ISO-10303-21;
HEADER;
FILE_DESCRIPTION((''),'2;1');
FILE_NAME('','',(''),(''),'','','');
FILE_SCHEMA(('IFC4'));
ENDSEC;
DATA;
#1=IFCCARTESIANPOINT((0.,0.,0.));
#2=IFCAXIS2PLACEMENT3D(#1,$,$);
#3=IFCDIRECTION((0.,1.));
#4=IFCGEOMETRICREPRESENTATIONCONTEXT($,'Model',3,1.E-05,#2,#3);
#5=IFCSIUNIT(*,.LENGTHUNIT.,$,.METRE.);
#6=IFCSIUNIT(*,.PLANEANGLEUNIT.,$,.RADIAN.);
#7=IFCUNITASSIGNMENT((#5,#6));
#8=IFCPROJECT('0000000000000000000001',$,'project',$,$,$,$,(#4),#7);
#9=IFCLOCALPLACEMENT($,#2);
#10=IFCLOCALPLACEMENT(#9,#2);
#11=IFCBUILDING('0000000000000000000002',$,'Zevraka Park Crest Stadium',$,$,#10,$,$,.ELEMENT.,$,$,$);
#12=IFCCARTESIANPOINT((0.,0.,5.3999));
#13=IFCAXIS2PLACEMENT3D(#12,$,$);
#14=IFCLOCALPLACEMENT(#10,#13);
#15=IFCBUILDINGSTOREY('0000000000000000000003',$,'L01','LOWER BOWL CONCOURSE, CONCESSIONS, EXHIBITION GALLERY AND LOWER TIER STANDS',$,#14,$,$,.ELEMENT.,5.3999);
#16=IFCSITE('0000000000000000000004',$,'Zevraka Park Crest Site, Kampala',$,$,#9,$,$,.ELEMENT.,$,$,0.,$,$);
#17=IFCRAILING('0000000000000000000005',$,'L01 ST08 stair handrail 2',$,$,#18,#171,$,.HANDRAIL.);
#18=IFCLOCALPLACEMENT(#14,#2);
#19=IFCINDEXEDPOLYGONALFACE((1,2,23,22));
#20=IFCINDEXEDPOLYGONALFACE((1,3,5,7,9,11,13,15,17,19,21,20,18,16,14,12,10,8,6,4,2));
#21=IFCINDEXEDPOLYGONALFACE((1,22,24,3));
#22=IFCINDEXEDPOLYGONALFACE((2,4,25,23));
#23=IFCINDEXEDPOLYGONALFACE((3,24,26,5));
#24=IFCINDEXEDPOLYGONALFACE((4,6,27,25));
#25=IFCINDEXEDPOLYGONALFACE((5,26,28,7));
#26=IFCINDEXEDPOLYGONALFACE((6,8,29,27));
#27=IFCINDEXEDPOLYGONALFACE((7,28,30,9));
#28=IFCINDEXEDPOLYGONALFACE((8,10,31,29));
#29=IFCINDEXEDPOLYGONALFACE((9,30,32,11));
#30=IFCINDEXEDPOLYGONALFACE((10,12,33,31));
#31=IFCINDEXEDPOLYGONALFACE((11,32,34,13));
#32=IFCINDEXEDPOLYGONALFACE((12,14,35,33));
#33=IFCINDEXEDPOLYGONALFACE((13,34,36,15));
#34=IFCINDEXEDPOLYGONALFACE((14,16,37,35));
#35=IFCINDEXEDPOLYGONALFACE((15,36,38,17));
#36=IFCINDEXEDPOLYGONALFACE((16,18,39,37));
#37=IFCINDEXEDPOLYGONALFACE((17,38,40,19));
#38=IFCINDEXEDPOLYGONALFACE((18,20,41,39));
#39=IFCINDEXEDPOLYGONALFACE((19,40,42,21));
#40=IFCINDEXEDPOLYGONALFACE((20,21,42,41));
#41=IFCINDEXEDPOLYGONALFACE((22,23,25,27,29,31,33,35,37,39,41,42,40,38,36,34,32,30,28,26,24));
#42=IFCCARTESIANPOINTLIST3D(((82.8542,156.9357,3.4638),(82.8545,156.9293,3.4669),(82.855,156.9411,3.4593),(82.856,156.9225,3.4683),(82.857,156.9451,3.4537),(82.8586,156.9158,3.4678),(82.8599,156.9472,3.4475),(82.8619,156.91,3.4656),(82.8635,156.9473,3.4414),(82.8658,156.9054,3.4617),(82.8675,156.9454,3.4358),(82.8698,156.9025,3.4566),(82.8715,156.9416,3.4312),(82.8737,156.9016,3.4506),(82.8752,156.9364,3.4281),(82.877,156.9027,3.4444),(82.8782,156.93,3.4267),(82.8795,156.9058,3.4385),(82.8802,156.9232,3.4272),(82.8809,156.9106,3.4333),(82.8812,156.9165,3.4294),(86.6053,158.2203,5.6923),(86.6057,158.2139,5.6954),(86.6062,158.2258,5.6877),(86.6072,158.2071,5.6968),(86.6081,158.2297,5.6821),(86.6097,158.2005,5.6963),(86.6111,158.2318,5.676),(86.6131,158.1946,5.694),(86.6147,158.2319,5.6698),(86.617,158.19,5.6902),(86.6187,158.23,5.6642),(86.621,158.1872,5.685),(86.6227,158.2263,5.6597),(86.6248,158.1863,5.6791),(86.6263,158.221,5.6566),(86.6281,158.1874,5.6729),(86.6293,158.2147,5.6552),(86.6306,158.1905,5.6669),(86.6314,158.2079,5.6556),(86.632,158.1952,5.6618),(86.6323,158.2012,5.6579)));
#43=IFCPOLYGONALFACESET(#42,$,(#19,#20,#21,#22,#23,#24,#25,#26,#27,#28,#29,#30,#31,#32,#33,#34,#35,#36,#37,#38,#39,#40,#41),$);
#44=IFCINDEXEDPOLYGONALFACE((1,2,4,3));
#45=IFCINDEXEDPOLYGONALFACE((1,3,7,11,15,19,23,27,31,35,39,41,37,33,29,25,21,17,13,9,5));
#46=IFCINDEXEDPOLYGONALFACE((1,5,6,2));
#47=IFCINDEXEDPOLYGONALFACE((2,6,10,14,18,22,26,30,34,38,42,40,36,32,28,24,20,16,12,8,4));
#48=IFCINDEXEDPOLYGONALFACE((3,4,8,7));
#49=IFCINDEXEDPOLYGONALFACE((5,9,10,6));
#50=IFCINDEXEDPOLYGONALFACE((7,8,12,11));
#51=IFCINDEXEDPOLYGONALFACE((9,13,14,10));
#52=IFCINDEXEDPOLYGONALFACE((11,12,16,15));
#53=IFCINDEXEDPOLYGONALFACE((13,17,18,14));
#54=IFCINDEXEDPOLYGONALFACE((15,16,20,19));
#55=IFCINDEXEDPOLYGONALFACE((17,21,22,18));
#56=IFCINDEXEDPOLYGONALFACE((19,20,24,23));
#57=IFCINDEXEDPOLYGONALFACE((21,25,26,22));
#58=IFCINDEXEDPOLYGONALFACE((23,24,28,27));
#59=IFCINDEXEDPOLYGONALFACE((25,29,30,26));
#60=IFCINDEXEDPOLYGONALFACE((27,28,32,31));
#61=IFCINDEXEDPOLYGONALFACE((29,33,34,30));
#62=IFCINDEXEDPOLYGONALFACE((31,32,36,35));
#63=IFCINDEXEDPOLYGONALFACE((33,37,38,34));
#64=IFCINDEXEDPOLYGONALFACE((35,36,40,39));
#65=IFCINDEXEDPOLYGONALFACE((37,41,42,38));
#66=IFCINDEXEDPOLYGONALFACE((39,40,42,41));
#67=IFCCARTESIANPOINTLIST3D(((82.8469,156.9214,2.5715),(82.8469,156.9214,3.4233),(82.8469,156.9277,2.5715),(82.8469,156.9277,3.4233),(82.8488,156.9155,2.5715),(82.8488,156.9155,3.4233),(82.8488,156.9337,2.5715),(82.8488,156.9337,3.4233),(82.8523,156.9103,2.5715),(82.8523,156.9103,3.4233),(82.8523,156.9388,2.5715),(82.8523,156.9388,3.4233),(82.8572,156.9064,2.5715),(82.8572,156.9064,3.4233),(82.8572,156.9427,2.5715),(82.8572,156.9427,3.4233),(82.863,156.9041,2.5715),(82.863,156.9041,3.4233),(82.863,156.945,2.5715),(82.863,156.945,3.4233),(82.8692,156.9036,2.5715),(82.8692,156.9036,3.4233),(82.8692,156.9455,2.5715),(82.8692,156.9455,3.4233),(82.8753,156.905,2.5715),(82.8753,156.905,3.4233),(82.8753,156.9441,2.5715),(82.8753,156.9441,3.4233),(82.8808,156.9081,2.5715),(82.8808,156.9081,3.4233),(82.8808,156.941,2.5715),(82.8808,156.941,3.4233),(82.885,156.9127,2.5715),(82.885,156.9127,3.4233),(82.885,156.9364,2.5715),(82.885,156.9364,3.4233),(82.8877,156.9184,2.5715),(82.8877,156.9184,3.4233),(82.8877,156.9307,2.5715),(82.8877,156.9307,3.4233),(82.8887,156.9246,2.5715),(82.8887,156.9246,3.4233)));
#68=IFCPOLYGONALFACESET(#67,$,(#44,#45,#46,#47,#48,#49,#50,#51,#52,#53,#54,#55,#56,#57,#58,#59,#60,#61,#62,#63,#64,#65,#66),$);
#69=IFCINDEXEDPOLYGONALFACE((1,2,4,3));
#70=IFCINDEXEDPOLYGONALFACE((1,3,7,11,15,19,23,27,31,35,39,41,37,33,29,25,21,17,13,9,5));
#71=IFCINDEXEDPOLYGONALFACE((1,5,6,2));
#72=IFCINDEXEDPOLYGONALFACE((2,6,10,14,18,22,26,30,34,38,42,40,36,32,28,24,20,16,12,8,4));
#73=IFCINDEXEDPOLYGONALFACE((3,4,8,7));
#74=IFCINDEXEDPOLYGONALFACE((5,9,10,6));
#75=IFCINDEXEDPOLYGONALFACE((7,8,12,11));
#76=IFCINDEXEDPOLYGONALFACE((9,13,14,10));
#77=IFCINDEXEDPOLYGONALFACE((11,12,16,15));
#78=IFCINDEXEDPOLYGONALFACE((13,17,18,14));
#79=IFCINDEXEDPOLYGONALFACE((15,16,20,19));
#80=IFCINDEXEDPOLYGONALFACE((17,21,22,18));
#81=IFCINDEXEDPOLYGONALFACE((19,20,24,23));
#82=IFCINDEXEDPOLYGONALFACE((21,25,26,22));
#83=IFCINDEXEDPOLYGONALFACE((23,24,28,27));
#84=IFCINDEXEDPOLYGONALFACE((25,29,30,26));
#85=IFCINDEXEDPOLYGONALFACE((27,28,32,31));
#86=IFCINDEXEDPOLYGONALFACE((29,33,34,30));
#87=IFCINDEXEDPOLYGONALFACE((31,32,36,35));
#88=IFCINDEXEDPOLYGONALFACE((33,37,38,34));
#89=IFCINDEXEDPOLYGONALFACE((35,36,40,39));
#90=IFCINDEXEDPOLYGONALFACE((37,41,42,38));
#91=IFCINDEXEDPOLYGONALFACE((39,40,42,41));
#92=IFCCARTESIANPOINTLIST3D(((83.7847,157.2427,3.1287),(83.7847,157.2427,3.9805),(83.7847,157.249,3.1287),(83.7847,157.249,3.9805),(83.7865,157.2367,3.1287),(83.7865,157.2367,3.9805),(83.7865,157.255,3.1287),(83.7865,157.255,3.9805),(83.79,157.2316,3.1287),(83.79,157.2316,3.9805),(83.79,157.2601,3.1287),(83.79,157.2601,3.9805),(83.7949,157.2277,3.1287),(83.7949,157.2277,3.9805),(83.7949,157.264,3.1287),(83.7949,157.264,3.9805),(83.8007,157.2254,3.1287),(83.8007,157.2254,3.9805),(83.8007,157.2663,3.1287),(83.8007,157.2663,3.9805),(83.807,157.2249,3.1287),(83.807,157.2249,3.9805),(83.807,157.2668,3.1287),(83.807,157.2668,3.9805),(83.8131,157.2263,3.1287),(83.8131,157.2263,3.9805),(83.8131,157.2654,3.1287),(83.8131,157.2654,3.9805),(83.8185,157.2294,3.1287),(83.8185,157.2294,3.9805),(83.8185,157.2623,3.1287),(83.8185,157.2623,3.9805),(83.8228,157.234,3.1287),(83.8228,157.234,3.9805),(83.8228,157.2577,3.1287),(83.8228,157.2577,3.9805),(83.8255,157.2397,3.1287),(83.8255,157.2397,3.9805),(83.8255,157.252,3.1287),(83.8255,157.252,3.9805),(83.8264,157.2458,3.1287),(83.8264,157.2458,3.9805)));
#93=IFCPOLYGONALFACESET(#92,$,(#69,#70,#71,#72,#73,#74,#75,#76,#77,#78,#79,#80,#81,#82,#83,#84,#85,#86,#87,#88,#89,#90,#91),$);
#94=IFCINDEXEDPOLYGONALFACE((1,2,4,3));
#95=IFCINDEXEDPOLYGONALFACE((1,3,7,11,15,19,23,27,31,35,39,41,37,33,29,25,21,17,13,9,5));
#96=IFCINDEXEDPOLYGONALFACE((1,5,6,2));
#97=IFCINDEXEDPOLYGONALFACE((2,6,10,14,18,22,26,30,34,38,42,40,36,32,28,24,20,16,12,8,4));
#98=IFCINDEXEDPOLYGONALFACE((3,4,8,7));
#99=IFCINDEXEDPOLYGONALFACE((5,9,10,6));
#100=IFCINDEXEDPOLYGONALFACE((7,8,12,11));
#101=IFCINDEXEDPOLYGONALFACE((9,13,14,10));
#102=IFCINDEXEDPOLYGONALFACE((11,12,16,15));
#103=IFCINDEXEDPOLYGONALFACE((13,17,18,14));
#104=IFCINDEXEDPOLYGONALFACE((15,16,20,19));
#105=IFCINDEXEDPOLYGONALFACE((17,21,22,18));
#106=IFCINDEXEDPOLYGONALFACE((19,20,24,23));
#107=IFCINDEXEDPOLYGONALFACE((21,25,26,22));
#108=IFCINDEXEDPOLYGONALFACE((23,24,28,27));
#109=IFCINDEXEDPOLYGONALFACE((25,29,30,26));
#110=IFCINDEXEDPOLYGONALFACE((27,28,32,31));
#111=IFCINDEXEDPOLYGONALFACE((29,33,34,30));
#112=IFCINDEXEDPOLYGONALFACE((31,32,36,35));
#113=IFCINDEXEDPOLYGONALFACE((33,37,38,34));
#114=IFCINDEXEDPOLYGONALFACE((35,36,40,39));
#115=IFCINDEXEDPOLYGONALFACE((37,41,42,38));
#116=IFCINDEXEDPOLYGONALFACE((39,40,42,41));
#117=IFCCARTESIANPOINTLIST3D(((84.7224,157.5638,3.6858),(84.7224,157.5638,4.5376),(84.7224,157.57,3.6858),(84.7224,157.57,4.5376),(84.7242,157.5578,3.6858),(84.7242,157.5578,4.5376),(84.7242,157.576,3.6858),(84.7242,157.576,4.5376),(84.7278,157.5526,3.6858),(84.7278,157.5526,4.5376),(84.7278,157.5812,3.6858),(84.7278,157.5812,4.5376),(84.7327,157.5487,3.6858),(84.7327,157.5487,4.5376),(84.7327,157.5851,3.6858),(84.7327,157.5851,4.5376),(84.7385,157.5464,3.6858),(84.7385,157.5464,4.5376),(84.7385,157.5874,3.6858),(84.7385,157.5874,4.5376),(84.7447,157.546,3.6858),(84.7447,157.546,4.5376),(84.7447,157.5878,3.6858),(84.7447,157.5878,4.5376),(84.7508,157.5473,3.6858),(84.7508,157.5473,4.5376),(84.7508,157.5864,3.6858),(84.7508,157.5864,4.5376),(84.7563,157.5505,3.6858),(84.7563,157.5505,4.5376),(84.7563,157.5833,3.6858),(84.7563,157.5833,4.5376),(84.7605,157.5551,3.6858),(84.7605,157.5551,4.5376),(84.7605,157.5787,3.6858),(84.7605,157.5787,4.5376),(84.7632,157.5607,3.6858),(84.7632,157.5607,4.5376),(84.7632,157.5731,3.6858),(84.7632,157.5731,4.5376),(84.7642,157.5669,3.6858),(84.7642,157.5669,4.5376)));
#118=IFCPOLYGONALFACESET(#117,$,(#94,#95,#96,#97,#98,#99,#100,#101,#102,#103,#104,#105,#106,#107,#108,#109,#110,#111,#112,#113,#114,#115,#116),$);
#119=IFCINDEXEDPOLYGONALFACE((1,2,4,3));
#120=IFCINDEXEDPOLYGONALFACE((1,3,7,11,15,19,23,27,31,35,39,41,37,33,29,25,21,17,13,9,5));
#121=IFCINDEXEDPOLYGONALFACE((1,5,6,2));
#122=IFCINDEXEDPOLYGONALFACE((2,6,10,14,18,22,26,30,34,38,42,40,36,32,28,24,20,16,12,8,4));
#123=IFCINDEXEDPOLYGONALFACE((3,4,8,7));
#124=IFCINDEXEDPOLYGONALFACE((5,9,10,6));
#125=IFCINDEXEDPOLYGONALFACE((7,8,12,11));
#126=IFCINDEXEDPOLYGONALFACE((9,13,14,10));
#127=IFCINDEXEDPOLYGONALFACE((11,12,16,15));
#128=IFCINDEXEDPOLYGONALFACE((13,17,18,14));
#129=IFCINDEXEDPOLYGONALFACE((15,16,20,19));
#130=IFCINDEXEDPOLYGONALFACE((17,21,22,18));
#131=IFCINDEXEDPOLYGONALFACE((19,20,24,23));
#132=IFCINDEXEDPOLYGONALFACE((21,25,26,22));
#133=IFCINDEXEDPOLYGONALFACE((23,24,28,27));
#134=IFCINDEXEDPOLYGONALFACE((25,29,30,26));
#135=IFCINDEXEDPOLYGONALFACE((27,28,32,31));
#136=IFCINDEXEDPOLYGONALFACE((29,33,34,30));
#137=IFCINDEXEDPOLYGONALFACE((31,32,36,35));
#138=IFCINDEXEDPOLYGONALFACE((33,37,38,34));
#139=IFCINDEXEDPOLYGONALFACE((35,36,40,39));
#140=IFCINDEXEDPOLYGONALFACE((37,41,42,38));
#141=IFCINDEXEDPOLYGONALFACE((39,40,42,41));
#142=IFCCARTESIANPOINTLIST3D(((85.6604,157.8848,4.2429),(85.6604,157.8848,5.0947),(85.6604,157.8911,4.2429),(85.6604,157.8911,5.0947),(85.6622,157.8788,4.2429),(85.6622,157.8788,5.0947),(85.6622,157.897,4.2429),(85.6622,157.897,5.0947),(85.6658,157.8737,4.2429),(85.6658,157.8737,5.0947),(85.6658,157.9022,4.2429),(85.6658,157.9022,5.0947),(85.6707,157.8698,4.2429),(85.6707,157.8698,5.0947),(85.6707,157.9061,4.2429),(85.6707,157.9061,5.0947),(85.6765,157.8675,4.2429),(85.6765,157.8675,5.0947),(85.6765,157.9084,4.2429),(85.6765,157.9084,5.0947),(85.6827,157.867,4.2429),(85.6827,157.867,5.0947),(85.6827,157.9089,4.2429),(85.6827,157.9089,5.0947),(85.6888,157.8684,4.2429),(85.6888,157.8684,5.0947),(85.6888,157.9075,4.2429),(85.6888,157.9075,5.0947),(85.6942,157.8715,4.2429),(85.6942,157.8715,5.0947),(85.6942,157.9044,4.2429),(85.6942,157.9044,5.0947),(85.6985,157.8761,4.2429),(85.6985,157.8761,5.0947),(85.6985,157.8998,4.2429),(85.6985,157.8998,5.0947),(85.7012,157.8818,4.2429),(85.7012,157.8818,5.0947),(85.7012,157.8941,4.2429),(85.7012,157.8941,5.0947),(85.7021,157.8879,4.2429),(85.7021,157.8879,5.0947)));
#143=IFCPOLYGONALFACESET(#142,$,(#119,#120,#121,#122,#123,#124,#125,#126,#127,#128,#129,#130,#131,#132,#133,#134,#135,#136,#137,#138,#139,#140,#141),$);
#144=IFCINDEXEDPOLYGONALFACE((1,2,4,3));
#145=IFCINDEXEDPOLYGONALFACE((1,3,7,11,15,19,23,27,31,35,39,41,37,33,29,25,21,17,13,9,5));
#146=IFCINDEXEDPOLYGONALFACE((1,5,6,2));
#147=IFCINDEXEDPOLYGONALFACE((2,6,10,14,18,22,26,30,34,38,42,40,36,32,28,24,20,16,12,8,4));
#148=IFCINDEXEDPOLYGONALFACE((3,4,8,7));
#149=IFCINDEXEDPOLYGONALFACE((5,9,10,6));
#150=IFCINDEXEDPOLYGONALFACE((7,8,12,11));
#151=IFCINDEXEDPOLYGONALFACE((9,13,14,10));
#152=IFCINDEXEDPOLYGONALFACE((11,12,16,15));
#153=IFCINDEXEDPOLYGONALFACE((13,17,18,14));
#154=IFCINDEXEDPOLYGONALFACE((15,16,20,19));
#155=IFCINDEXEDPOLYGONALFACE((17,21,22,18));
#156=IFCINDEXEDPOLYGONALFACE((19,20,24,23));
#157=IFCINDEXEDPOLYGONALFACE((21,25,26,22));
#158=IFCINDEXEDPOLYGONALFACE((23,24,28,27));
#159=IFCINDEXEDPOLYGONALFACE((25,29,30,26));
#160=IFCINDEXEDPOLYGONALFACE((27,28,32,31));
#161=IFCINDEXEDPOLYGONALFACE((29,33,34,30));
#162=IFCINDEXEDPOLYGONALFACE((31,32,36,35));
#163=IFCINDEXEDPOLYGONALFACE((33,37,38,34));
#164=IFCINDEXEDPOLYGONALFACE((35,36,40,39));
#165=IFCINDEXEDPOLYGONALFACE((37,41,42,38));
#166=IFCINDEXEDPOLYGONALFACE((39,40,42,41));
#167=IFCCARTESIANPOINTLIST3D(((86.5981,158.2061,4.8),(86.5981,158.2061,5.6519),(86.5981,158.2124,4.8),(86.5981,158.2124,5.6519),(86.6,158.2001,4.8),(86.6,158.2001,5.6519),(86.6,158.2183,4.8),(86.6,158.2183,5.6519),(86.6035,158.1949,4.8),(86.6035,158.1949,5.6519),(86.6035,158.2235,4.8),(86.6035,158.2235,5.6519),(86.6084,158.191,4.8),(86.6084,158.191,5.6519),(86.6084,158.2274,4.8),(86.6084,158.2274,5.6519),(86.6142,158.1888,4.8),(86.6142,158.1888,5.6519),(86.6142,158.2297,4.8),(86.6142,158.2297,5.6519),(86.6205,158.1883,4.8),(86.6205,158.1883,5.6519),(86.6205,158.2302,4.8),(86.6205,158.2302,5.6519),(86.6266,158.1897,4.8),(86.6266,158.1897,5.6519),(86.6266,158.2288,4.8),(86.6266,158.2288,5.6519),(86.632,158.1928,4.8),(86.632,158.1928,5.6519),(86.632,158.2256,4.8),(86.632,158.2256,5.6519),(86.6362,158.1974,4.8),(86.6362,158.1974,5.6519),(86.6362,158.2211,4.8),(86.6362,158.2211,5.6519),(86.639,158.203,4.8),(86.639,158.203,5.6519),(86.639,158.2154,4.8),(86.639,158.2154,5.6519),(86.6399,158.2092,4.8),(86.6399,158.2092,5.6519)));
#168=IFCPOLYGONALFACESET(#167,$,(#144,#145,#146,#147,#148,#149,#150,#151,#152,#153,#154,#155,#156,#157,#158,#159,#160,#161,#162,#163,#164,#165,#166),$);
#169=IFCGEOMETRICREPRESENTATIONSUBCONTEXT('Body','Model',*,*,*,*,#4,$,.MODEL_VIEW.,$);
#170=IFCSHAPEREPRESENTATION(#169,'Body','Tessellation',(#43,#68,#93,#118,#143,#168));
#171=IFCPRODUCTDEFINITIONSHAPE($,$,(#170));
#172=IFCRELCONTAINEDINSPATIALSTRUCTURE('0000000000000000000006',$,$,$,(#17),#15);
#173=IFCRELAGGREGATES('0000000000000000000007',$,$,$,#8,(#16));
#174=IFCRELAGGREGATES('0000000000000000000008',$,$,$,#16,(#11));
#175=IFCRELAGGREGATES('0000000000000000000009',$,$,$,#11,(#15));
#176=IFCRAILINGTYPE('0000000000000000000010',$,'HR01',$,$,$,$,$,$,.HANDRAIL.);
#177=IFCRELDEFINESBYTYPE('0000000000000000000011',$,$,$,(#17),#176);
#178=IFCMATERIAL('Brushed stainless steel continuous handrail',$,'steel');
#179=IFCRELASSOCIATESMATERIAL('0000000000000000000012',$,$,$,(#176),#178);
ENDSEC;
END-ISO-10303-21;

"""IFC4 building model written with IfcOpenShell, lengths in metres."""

from ifc_helpers import new_model, si_unit, direction, frame, origin, origin_2d, place, context, subcontext, project, spatial, circle, extrude, material, type_object, element, save


model = new_model("IFC4")

# Units and contexts
model_context = context("Model", 3, precision=1e-05, world=origin(), true_north=direction((0.0, 1.0)))
body_context = subcontext(model_context, "Body", "Model", "MODEL_VIEW")
ifc_project = project(units=[si_unit("LENGTHUNIT", "METRE"), si_unit("PLANEANGLEUNIT", "RADIAN")], contexts=[model_context])

# Site, building, storey
site_placement = place(None, origin())
site = spatial("IfcSite", under=ifc_project, at=site_placement, Name="Zevraka Park Crest Site, Kampala", CompositionType="ELEMENT", RefElevation=0.0)
building_placement = place(site_placement, origin())
building = spatial("IfcBuilding", under=site, at=building_placement, Name="Zevraka Park Crest Stadium", CompositionType="ELEMENT")
storey_placement = place(building_placement, frame((0.0, 0.0, 5.3999)))
storey = spatial("IfcBuildingStorey", under=building, at=storey_placement, Name="L01", Description="LOWER BOWL CONCOURSE, CONCESSIONS, EXHIBITION GALLERY AND LOWER TIER STANDS", CompositionType="ELEMENT", Elevation=5.3999)

# Railing
ifc_material_1 = material(Name="Brushed stainless steel continuous handrail", Category="steel")
railing_type_1 = type_object("IfcRailingType", Name="HR01", PredefinedType="HANDRAIL", material=ifc_material_1)
railing_1_placement = place(storey_placement, frame((82.8677, 156.9246, 2.5715)))
element("IfcRailing", 1, at=railing_1_placement, inside=storey, type_object=railing_type_1, Name="L01 ST08 stair handrail 2", PredefinedType="HANDRAIL", context=body_context, shape_type="SweptSolid", body=[
    extrude(circle(Radius=0.0239, at=origin_2d()), frame((0.0, 0.0, 0.876), z_axis=(0.824727, 0.282441, 0.489952), x_axis=(-0.323994, 0.946059, 0.0)), (0.0, 0.0, 1.0), 4.5483),
    extrude(circle(Radius=0.021, at=origin_2d()), origin(), (0.0, 0.0, 1.0), 0.8518),
    extrude(circle(Radius=0.021, at=origin_2d()), frame((0.9377, 0.3213, 0.5571)), (0.0, 0.0, 1.0), 0.8518),
    extrude(circle(Radius=0.021, at=origin_2d()), frame((1.8755, 0.6423, 1.1143)), (0.0, 0.0, 1.0), 0.8518),
    extrude(circle(Radius=0.021, at=origin_2d()), frame((2.8135, 0.9634, 1.6714)), (0.0, 0.0, 1.0), 0.8518),
    extrude(circle(Radius=0.021, at=origin_2d()), frame((3.7512, 1.2847, 2.2285)), (0.0, 0.0, 1.0), 0.8518),
])

save(model, "model.ifc")
